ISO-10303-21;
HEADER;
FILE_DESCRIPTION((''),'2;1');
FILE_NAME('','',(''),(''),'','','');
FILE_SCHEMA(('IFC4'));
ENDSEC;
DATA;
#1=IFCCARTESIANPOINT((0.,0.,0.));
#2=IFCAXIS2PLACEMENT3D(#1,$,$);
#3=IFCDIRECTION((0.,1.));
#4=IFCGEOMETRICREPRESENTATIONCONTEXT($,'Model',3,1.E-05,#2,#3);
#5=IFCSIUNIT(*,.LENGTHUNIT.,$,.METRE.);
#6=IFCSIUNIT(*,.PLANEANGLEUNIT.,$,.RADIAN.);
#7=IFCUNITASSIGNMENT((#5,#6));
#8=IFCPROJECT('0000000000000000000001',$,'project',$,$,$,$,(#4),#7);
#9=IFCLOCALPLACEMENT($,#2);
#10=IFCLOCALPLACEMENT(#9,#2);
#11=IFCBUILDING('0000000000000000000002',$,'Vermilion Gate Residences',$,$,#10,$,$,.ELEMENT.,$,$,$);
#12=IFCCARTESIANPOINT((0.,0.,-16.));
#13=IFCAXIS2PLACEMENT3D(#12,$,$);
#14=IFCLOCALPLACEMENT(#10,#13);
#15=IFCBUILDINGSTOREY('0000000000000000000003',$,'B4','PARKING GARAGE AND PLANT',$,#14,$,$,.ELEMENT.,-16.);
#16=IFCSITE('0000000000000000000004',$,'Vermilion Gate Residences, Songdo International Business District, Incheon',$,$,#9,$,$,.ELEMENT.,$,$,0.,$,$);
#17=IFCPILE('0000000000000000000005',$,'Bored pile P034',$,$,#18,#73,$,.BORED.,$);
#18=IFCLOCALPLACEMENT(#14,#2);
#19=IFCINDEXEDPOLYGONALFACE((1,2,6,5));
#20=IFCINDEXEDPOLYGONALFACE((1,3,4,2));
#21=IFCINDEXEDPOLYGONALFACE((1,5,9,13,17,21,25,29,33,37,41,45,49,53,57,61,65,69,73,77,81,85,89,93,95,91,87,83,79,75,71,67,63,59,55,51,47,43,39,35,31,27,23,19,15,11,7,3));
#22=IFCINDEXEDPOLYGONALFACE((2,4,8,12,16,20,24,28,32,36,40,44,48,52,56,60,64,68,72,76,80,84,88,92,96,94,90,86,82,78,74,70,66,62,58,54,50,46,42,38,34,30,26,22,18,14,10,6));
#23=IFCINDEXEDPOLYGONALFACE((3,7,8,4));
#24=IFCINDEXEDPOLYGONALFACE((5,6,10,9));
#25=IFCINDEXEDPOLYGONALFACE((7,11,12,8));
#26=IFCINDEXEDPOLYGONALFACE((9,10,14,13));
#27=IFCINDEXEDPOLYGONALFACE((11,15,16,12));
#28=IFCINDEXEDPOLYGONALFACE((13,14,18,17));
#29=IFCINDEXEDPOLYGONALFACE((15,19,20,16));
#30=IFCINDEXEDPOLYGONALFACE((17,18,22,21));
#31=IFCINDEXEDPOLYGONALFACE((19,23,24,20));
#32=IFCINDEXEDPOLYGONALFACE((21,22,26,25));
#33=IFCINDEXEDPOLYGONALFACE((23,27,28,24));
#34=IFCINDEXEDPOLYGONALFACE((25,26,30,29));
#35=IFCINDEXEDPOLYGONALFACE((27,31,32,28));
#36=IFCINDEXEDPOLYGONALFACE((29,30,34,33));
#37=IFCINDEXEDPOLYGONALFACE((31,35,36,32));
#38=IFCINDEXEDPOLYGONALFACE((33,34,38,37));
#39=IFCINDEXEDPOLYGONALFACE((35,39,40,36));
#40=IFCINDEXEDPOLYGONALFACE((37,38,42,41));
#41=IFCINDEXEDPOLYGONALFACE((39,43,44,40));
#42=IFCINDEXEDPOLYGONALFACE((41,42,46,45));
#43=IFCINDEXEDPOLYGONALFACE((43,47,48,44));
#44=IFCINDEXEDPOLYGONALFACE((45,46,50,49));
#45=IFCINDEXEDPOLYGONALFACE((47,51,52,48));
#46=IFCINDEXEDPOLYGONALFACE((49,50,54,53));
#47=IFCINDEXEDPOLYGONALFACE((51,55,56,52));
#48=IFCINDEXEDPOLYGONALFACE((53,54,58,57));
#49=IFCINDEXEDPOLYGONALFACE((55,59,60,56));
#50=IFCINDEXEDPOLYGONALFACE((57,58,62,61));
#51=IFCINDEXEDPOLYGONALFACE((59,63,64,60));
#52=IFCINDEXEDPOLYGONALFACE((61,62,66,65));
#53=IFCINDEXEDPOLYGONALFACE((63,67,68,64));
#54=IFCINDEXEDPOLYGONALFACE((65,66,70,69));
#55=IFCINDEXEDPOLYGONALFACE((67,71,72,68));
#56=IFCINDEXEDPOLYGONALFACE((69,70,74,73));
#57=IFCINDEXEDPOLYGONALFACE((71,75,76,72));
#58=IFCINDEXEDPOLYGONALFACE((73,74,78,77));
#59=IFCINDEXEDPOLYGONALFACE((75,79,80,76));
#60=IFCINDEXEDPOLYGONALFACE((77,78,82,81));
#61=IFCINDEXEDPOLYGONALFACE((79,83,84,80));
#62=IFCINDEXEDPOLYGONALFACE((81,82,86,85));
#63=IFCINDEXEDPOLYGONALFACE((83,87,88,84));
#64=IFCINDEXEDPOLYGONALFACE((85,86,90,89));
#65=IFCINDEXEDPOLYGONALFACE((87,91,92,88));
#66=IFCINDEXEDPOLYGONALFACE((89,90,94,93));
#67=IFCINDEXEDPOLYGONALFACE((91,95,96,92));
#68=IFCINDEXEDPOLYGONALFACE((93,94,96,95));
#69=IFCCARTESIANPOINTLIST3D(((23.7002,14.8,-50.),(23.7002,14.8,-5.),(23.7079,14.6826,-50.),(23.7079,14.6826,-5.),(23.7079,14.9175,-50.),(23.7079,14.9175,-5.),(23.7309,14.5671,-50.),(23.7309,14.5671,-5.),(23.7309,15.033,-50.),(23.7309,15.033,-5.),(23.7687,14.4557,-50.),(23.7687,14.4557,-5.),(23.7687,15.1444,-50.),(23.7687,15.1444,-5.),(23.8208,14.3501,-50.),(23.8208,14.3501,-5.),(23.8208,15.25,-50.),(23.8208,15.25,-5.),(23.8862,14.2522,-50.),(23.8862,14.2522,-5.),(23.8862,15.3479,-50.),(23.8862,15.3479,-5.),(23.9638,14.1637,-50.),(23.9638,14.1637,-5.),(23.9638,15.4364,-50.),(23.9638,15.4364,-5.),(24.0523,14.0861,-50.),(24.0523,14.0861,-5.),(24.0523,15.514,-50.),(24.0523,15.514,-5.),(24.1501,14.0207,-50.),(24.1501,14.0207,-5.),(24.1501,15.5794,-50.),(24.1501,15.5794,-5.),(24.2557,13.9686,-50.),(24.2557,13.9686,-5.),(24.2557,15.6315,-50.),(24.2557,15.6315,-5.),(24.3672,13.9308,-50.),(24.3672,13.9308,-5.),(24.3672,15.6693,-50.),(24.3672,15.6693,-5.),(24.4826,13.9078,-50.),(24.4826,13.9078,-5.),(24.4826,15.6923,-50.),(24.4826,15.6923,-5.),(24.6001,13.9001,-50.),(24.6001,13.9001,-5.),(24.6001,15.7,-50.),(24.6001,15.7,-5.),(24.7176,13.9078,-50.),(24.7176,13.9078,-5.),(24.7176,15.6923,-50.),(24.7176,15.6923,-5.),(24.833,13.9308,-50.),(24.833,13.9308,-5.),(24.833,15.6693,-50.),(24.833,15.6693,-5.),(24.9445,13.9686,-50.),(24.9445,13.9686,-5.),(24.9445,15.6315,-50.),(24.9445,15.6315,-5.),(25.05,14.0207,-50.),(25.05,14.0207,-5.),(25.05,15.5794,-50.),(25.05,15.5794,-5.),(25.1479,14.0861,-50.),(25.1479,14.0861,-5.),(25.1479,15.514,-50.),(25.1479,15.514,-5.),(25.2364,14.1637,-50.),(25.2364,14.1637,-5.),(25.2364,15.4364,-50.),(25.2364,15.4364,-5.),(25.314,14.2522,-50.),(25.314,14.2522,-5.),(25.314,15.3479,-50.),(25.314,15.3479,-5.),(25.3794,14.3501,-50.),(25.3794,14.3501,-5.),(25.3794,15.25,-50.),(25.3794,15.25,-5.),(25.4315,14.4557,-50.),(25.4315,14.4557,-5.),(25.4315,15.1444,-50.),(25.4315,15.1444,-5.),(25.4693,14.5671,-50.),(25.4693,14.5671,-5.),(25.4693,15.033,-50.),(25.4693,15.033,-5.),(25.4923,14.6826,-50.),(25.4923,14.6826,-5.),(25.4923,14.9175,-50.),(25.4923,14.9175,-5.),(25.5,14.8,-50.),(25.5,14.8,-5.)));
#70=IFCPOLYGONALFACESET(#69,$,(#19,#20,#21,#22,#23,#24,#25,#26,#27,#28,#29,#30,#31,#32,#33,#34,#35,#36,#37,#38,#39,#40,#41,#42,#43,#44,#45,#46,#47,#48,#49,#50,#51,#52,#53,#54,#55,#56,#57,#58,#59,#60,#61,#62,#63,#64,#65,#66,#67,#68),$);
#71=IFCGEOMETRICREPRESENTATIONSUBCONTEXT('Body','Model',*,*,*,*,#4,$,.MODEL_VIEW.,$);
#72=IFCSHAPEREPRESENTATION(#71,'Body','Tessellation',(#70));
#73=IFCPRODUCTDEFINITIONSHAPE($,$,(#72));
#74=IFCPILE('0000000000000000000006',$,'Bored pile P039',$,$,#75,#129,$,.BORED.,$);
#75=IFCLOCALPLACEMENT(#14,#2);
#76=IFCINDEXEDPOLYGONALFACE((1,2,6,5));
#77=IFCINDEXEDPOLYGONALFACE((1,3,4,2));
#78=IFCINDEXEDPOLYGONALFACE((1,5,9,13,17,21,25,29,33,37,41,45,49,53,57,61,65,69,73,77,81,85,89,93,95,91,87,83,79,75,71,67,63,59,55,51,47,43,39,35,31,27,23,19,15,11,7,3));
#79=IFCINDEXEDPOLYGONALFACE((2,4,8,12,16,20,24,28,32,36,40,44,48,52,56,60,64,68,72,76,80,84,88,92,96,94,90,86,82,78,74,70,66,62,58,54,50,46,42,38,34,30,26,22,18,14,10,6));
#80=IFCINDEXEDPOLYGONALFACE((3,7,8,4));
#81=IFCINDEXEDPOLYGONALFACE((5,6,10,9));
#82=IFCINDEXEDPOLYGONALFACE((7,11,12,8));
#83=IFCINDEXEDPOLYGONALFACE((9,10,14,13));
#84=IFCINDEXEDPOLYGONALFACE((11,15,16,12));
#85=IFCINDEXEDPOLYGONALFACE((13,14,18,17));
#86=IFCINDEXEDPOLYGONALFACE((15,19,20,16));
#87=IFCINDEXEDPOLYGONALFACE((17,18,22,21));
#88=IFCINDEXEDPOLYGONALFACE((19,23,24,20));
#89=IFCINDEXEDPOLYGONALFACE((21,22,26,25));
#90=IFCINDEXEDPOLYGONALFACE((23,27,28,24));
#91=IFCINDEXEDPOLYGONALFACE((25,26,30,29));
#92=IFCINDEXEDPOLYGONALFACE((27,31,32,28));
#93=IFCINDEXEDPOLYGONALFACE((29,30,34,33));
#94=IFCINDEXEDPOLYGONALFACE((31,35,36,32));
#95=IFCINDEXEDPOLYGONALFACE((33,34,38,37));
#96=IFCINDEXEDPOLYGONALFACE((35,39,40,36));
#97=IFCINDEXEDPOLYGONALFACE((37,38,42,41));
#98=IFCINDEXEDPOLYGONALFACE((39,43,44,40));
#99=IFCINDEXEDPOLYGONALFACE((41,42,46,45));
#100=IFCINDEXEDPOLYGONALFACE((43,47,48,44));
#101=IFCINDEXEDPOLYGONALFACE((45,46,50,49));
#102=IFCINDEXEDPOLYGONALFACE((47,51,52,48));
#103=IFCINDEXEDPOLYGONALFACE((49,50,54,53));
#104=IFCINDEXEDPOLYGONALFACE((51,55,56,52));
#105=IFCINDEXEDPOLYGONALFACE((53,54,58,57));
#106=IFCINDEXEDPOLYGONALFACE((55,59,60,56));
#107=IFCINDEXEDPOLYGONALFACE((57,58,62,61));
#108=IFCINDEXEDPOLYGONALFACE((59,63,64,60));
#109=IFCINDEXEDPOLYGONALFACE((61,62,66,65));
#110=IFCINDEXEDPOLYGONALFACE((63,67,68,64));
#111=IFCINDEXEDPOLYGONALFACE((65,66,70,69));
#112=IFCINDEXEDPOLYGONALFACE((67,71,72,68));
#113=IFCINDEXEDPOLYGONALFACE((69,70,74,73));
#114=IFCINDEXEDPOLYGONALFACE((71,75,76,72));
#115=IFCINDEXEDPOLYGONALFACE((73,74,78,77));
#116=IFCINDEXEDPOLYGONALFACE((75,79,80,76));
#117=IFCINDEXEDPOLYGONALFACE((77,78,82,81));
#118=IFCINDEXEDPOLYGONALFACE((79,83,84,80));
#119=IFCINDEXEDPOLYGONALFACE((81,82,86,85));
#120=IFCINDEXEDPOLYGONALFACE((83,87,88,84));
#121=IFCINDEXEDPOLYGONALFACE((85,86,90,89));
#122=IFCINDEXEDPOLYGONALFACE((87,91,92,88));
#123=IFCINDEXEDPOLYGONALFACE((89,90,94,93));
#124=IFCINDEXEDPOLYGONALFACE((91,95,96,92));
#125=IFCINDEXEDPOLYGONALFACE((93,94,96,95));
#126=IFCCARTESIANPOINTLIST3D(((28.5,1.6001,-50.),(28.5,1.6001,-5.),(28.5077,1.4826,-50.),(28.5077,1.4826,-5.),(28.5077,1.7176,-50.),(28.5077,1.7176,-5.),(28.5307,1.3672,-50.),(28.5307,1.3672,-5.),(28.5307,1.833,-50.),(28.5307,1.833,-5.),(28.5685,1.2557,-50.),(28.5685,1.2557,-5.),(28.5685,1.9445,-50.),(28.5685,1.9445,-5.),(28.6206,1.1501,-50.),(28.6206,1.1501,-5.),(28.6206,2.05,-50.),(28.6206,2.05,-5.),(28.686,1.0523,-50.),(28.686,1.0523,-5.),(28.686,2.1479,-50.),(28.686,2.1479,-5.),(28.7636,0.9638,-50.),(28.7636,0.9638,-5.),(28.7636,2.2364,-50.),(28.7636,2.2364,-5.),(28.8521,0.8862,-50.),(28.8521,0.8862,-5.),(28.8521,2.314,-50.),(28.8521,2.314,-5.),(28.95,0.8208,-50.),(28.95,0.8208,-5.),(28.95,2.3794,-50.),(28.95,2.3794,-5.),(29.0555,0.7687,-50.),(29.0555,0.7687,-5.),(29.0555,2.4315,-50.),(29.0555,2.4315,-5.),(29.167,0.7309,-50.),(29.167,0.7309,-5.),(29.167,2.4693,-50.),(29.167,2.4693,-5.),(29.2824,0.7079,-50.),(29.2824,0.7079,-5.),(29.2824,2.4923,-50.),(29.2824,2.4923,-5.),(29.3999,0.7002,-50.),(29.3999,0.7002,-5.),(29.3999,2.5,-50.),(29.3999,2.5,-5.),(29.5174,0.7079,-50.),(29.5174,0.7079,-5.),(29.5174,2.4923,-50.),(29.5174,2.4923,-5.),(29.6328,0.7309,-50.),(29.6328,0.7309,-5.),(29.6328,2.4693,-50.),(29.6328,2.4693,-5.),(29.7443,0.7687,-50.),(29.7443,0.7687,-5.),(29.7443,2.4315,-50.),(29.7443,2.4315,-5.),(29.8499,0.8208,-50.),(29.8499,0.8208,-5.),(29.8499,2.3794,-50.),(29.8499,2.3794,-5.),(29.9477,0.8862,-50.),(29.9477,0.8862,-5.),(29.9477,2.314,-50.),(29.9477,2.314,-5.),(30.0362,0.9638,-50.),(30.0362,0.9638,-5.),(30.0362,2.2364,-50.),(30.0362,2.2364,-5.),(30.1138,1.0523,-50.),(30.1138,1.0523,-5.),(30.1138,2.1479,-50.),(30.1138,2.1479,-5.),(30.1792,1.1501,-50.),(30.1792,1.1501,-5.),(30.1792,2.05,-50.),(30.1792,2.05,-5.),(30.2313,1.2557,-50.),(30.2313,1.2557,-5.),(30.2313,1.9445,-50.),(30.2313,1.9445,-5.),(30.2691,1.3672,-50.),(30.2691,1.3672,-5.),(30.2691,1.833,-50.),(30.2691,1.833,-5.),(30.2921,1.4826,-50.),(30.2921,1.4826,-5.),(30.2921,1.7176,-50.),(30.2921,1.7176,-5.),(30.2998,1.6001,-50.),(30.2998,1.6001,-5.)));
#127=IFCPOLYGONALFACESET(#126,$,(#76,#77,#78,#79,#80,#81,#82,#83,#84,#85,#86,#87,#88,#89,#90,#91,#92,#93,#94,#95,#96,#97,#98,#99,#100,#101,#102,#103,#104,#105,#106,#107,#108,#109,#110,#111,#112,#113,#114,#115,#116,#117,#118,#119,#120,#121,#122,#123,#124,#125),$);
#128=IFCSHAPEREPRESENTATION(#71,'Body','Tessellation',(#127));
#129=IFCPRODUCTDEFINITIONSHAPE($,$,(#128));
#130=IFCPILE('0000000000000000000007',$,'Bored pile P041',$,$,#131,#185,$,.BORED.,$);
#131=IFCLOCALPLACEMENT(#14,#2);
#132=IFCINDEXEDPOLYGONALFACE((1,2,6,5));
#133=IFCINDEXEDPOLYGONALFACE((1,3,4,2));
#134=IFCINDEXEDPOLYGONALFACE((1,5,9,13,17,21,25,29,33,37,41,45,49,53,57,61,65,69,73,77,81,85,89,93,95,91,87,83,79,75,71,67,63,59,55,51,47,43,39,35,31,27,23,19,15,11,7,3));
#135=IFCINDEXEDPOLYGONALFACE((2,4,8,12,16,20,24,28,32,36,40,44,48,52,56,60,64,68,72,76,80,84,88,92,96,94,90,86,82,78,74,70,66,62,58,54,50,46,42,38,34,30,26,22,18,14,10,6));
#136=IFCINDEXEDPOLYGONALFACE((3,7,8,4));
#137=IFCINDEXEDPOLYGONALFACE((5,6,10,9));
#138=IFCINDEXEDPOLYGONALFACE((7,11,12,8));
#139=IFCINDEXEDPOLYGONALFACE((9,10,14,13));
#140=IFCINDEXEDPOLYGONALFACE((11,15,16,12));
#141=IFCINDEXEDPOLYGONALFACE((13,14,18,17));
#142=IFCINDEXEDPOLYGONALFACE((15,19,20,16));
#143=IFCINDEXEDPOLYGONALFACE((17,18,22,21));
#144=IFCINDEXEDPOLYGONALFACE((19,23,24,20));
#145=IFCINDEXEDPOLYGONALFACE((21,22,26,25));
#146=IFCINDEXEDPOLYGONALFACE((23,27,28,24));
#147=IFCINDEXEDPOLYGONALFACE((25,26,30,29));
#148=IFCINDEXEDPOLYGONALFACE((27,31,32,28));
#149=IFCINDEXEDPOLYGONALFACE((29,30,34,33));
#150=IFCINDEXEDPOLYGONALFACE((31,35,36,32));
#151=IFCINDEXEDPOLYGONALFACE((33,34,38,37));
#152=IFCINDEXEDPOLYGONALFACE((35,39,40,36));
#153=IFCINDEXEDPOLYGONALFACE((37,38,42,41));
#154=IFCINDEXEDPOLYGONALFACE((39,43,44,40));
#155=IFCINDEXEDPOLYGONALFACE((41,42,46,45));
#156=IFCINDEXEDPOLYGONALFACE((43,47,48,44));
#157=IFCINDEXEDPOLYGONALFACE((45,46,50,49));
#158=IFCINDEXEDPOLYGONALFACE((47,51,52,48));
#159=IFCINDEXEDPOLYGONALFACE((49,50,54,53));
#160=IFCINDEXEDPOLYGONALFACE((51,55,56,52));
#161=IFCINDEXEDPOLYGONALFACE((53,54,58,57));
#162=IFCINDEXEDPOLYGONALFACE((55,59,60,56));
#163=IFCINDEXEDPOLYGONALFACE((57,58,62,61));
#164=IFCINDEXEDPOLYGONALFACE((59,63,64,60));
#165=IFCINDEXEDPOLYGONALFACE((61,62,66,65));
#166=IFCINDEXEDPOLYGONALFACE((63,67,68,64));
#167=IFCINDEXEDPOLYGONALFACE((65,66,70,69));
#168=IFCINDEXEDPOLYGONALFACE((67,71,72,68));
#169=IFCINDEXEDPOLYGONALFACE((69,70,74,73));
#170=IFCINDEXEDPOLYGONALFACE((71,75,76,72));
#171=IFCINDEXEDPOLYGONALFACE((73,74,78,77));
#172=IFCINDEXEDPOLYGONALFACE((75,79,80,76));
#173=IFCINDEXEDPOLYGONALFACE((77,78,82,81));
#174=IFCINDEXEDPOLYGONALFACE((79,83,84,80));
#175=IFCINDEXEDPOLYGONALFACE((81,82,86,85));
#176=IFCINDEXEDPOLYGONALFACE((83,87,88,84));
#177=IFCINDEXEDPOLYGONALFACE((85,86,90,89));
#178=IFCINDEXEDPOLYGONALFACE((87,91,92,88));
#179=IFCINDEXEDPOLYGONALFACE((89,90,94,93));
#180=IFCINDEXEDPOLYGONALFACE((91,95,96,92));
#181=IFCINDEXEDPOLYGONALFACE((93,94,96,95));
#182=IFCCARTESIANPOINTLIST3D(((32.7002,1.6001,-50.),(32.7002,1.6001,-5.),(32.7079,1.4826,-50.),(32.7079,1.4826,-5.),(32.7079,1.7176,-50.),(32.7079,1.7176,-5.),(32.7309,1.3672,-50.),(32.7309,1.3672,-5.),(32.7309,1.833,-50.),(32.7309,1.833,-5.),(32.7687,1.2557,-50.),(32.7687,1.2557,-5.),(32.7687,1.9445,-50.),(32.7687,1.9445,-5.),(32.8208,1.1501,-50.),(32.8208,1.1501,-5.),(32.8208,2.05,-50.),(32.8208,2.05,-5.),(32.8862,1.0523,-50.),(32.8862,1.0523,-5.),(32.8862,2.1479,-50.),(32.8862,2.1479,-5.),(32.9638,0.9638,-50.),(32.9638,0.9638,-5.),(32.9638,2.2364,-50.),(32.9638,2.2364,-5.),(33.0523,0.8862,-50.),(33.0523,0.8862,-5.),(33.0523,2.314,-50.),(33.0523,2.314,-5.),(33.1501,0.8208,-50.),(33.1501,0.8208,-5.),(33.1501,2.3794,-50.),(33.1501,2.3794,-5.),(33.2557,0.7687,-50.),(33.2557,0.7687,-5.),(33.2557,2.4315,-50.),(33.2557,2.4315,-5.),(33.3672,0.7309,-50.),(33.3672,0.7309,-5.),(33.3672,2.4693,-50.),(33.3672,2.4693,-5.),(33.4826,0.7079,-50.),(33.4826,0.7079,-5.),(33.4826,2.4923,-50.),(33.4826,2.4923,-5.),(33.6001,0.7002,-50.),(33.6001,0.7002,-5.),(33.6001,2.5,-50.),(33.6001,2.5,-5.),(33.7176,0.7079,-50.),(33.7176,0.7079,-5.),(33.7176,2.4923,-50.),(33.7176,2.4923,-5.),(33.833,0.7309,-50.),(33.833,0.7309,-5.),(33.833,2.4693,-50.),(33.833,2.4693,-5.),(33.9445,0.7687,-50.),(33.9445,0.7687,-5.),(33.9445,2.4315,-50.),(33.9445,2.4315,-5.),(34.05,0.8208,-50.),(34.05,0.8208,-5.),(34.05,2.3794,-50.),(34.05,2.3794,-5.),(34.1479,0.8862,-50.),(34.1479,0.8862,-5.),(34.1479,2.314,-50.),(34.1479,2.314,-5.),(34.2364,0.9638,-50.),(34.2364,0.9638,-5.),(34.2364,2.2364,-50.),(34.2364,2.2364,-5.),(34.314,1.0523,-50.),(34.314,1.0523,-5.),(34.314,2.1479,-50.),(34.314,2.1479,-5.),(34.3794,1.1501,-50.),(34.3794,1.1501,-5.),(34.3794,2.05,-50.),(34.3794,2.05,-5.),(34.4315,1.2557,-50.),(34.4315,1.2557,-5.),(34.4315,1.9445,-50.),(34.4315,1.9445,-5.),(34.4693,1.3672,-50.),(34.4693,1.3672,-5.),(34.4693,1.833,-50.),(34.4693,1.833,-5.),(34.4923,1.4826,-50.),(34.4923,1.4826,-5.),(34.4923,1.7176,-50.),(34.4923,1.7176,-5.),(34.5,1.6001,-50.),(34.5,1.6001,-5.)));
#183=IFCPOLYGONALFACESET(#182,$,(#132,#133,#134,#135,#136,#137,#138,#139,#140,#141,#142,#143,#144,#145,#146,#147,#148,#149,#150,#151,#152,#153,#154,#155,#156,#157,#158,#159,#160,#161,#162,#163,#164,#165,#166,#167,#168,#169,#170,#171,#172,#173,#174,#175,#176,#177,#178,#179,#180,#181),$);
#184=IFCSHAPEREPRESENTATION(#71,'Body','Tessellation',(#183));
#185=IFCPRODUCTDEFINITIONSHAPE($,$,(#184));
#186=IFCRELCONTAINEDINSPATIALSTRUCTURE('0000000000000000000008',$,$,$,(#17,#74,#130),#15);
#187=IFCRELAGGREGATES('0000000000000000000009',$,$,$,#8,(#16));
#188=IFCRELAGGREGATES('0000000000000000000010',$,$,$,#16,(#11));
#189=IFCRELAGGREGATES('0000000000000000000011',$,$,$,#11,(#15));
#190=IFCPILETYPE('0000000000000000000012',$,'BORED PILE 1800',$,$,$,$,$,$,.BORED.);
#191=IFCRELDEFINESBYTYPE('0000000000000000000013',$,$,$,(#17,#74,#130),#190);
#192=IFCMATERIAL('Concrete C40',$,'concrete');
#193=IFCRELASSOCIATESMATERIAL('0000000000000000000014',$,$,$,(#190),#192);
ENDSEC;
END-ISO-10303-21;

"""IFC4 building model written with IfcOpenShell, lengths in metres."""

from ifc_helpers import new_model, si_unit, direction, frame, origin, origin_2d, place, context, subcontext, project, spatial, circle, extrude, material, material_profile, profile_set, type_object, element, save


model = new_model("IFC4")

# Units and contexts
model_context = context("Model", 3, precision=1e-05, world=origin(), true_north=direction((0.0, 1.0)))
body_context = subcontext(model_context, "Body", "Model", "MODEL_VIEW")
ifc_project = project(units=[si_unit("LENGTHUNIT", "METRE"), si_unit("PLANEANGLEUNIT", "RADIAN")], contexts=[model_context])

# Site, building, storey
site_placement = place(None, origin())
site = spatial("IfcSite", under=ifc_project, at=site_placement, Name="Vermilion Gate Residences, Songdo International Business District, Incheon", CompositionType="ELEMENT", RefElevation=0.0)
building_placement = place(site_placement, origin())
building = spatial("IfcBuilding", under=site, at=building_placement, Name="Vermilion Gate Residences", CompositionType="ELEMENT")
storey_placement = place(building_placement, frame((0.0, 0.0, -16.0)))
storey = spatial("IfcBuildingStorey", under=building, at=storey_placement, Name="B4", Description="PARKING GARAGE AND PLANT", CompositionType="ELEMENT", Elevation=-16.0)

# Piles
ifc_material_1 = material(Name="Concrete C40", Category="concrete")
ifc_material_profile_1 = material_profile(ifc_material_1, circle(Radius=0.8999, at=origin_2d()), Name="BORED PILE 1800")
ifc_profile_set_1 = profile_set([ifc_material_profile_1], Name="Concrete C40")
pile_type = type_object("IfcPileType", Name="BORED PILE 1800", PredefinedType="BORED", material=ifc_profile_set_1)
for number, where, z_axis, x_axis, name in (
    (1, (24.6001, 14.8, -5.0), (0.0, 0.0, -1.0), (1.0, 0.0, 0.0), "Bored pile P034"),
    (2, (29.3999, 1.6001, -5.0), (0.0, 0.0, -1.0), (1.0, 0.0, 0.0), "Bored pile P039"),
    (3, (33.6001, 1.6001, -5.0), (0.0, 0.0, -1.0), (1.0, 0.0, 0.0), "Bored pile P041"),
):
    element("IfcPile", number, at=place(storey_placement, frame(where, z_axis=z_axis, x_axis=x_axis)), inside=storey, type_object=pile_type, Name=name, PredefinedType="BORED", context=body_context, shape_type="SweptSolid", body=[
        extrude(circle(Radius=0.8999, at=origin_2d()), origin(), (0.0, 0.0, 1.0), 45.0),
    ])

save(model, "model.ifc")
